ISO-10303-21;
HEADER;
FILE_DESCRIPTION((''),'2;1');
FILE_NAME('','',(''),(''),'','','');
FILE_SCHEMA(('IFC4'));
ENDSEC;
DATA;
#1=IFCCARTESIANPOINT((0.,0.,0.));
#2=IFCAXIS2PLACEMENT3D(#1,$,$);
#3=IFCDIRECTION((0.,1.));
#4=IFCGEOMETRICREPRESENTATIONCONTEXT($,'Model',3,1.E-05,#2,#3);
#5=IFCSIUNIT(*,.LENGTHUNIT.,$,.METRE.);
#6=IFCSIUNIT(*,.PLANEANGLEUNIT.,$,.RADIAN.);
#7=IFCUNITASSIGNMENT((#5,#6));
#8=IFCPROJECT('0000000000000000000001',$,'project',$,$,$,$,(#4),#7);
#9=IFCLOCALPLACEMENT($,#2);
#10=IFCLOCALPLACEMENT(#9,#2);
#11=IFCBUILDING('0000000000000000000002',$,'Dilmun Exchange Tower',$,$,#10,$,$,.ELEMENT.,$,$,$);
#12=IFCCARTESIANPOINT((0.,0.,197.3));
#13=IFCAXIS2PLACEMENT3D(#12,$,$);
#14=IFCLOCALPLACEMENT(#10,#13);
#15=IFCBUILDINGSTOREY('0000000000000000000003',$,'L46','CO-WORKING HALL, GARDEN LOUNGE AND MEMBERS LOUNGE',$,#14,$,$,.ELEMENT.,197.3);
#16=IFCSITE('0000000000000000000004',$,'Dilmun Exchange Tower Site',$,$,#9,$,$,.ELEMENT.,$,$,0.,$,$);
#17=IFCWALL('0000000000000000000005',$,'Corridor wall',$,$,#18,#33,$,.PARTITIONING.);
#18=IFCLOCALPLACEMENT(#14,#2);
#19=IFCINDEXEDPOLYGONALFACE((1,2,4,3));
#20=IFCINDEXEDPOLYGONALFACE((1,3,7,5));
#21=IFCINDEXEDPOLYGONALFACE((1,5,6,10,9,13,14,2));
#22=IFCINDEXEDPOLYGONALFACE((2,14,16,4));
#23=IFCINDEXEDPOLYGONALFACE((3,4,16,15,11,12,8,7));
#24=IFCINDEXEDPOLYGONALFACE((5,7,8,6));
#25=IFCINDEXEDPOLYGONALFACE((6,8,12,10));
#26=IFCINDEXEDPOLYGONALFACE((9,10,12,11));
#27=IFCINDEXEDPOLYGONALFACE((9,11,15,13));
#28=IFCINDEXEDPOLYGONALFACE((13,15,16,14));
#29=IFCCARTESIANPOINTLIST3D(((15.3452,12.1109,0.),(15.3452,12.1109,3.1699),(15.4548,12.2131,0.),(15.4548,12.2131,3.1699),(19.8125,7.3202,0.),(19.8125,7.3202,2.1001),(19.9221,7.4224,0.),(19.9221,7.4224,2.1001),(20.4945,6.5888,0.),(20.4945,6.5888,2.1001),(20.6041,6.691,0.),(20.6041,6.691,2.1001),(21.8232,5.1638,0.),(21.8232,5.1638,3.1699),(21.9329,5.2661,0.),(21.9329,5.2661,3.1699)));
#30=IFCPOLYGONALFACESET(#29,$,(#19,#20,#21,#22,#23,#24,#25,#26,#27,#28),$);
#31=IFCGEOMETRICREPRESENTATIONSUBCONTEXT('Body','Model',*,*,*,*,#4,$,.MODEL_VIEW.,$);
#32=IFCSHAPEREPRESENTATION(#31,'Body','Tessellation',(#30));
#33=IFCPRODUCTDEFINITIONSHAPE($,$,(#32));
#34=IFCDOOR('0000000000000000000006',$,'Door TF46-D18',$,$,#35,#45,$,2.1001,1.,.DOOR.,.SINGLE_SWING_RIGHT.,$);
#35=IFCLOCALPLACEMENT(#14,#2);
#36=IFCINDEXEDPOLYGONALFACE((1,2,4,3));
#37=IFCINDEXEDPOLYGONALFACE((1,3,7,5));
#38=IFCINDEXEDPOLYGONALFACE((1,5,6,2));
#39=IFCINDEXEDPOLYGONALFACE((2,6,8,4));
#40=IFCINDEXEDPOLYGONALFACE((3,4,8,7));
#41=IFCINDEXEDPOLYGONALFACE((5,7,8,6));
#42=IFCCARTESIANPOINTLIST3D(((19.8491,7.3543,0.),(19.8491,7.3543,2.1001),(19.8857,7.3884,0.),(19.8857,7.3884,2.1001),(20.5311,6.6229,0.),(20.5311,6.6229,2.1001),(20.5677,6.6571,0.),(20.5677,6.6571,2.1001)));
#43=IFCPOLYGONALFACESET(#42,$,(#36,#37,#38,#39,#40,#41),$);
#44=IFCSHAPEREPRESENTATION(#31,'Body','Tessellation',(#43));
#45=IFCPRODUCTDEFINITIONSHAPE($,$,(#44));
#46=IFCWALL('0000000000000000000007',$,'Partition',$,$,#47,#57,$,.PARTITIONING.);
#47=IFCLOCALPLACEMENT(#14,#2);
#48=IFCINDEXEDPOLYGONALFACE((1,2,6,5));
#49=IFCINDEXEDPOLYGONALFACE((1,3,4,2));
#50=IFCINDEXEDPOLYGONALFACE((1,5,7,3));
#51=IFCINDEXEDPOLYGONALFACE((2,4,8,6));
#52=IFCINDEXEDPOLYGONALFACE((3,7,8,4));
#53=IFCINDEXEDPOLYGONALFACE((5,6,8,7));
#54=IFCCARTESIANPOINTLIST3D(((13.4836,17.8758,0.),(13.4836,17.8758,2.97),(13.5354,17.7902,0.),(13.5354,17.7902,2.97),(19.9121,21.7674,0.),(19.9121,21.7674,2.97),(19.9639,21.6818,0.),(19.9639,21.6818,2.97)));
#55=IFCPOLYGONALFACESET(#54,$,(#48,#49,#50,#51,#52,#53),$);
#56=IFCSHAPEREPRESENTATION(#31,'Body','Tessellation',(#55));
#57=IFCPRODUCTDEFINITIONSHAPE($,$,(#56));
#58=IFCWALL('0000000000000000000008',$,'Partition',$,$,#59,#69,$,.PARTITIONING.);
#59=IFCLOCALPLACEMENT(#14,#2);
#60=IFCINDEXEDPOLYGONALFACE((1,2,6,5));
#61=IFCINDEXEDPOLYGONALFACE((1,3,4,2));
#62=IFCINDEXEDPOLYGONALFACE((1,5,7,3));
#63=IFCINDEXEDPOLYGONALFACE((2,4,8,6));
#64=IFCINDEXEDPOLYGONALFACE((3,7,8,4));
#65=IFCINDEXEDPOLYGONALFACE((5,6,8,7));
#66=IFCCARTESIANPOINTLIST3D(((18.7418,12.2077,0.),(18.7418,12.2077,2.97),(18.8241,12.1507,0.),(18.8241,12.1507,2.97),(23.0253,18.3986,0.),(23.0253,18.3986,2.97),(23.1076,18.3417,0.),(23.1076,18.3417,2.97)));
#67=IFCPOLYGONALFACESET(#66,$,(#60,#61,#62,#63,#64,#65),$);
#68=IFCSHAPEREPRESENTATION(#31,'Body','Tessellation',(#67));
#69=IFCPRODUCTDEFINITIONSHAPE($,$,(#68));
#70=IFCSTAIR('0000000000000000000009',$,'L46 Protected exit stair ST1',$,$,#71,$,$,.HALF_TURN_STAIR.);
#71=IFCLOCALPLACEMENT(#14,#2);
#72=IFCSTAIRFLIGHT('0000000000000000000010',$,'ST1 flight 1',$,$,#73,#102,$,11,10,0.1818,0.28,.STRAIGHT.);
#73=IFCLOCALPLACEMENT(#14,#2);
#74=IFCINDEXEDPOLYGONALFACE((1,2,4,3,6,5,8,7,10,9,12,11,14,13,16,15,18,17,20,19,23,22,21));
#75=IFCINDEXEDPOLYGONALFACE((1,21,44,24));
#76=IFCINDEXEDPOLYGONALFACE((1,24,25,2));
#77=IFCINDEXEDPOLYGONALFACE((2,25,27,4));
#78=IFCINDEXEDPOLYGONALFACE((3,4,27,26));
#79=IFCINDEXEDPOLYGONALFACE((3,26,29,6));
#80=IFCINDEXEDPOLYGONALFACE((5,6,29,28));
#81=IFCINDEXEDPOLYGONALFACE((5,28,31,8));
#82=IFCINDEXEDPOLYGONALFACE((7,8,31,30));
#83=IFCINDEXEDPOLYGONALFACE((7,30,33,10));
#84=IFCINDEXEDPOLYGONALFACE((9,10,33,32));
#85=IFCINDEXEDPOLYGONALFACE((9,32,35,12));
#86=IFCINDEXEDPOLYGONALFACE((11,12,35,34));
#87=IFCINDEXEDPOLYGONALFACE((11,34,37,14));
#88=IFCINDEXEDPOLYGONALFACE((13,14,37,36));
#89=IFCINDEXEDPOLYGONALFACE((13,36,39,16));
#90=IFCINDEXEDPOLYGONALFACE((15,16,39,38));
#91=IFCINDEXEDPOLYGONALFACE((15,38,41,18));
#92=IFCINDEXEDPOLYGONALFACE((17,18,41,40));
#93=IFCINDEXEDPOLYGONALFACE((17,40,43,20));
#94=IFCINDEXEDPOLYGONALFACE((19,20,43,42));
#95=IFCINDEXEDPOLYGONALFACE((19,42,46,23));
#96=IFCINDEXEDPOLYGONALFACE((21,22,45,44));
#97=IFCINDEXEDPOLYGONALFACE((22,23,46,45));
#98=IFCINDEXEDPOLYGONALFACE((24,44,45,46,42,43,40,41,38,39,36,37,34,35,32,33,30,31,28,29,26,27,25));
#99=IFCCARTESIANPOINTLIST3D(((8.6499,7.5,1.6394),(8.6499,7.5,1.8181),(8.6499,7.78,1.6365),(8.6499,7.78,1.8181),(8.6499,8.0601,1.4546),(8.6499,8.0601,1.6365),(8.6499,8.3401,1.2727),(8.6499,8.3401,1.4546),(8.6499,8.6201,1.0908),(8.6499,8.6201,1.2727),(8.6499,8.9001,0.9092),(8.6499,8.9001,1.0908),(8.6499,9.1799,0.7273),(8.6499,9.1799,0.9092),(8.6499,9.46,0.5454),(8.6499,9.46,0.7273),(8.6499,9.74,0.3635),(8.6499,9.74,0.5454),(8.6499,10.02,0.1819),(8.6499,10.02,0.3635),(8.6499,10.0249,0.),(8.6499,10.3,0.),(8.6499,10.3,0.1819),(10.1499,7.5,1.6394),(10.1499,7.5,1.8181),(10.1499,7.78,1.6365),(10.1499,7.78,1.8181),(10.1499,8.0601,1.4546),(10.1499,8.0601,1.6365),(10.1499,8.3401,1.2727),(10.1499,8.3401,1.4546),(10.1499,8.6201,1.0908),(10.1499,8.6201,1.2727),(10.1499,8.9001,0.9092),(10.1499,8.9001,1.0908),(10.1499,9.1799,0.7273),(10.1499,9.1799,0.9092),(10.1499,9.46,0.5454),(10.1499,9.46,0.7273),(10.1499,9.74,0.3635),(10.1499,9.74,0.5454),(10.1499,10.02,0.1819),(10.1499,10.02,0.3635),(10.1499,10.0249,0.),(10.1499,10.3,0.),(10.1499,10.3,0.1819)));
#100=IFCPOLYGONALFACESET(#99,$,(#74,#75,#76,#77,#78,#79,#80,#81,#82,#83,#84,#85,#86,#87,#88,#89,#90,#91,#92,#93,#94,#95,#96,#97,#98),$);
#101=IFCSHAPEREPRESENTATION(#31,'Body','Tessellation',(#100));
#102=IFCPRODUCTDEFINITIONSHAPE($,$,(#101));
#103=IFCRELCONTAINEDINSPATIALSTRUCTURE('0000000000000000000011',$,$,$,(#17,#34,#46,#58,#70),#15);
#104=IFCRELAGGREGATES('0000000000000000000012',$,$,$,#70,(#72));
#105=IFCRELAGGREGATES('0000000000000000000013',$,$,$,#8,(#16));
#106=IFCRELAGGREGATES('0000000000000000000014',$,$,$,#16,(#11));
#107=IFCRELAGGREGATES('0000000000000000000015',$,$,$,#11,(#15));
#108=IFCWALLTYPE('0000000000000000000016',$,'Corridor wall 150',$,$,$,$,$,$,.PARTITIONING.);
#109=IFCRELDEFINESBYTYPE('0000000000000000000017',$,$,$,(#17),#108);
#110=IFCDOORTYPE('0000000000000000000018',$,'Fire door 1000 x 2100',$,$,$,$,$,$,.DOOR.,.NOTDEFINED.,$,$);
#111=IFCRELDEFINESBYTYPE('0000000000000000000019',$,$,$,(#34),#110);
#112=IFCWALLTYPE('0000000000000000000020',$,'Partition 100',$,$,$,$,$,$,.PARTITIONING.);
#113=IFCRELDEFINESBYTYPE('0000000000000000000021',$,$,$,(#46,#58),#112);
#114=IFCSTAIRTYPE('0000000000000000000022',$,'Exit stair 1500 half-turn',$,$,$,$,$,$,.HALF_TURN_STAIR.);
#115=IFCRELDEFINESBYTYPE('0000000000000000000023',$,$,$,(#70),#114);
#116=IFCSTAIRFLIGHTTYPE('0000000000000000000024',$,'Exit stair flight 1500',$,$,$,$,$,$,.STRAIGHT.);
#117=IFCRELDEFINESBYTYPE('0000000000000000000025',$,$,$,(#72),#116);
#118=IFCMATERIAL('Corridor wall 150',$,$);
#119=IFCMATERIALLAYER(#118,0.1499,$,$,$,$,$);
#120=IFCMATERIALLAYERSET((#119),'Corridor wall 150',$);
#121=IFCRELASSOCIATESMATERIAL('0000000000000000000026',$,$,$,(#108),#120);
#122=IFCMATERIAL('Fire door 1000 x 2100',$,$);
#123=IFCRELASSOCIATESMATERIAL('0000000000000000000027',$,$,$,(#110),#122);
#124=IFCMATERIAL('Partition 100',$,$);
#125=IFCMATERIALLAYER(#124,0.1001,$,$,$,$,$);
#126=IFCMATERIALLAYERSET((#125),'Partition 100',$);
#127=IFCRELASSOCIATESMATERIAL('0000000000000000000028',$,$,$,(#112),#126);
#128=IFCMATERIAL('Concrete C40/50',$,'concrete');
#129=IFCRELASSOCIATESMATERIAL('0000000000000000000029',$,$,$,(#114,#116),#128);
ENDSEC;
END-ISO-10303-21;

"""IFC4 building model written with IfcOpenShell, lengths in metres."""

from ifc_helpers import new_model, si_unit, direction, frame, frame_2d, origin, place, context, subcontext, project, spatial, polyline, rectangle, outline, extrude, material, layer, layer_set, type_object, element, fill, aggregate, save


model = new_model("IFC4")

# Units and contexts
model_context = context("Model", 3, precision=1e-05, world=origin(), true_north=direction((0.0, 1.0)))
body_context = subcontext(model_context, "Body", "Model", "MODEL_VIEW")
ifc_project = project(units=[si_unit("LENGTHUNIT", "METRE"), si_unit("PLANEANGLEUNIT", "RADIAN")], contexts=[model_context])

# Site, building, storey
site_placement = place(None, origin())
site = spatial("IfcSite", under=ifc_project, at=site_placement, Name="Dilmun Exchange Tower Site", CompositionType="ELEMENT", RefElevation=0.0)
building_placement = place(site_placement, origin())
building = spatial("IfcBuilding", under=site, at=building_placement, Name="Dilmun Exchange Tower", CompositionType="ELEMENT")
storey_placement = place(building_placement, frame((0.0, 0.0, 197.3)))
storey = spatial("IfcBuildingStorey", under=building, at=storey_placement, Name="L46", Description="CO-WORKING HALL, GARDEN LOUNGE AND MEMBERS LOUNGE", CompositionType="ELEMENT", Elevation=197.3)

# Shared definitions
ifc_material_1 = material(Name="Concrete C40/50", Category="concrete")

# Shared definitions
ifc_material_2 = material(Name="Corridor wall 150")
ifc_layer_1 = layer(ifc_material_2, 0.1499)
ifc_layer_set_1 = layer_set([ifc_layer_1], Name="Corridor wall 150")
wall_type_1 = type_object("IfcWallType", Name="Corridor wall 150", PredefinedType="PARTITIONING", material=ifc_layer_set_1)
ifc_material_3 = material(Name="Fire door 1000 x 2100")
door_type = type_object("IfcDoorType", Name="Fire door 1000 x 2100", OperationType="NOTDEFINED", PredefinedType="DOOR", material=ifc_material_3)

# Wall, opening, door
wall_1_placement = place(storey_placement, frame((15.3999, 12.1621, 0.0), z_axis=(0.0, 0.0, 1.0), x_axis=(0.681989, -0.731363, 0.0)))
wall_1 = element("IfcWall", 1, at=wall_1_placement, inside=storey, type_object=wall_type_1, Name="Corridor wall", PredefinedType="PARTITIONING", context=body_context, shape_type="SweptSolid", body=[
    extrude(rectangle(XDim=9.4988, YDim=0.1499, at=frame_2d((4.7495, 0.0))), origin(), (0.0, 0.0, 1.0), 3.1699),
])
opening_1_placement = place(wall_1_placement, frame((6.5505, 0.0, 0.0)))
opening_1 = element("IfcOpeningElement", 2, at=opening_1_placement, cuts=wall_1, PredefinedType="OPENING", context=body_context, shape_type="SweptSolid", body=[
    extrude(rectangle(XDim=1.0, YDim=2.1001, at=frame_2d((0.5, 1.05))), frame((0.0, 0.085, 0.0), z_axis=(0.0, -1.0, 0.0), x_axis=(1.0, 0.0, 0.0)), (0.0, 0.0, 1.0), 0.1699),
])
door_1_placement = place(opening_1_placement, frame((1.0, 0.0, 0.0), z_axis=(0.0, 0.0, 1.0), x_axis=(-1.0, 0.0, 0.0)))
door_1 = element("IfcDoor", 3, at=door_1_placement, inside=storey, type_object=door_type, Name="Door TF46-D18", OperationType="SINGLE_SWING_RIGHT", OverallHeight=2.1001, OverallWidth=1.0, PredefinedType="DOOR", context=body_context, shape_type="SweptSolid", body=[
    extrude(rectangle(XDim=1.0, YDim=2.1001, at=frame_2d((0.5, 1.05))), frame((0.0, 0.0249, 0.0), z_axis=(0.0, -1.0, 0.0), x_axis=(1.0, 0.0, 0.0)), (0.0, 0.0, 1.0), 0.05),
])
fill(opening_1, door_1)

# Walls
ifc_material_4 = material(Name="Partition 100")
ifc_layer_2 = layer(ifc_material_4, 0.1001)
ifc_layer_set_2 = layer_set([ifc_layer_2], Name="Partition 100")
wall_type_2 = type_object("IfcWallType", Name="Partition 100", PredefinedType="PARTITIONING", material=ifc_layer_set_2)
wall_2_placement = place(storey_placement, frame((13.5095, 17.833, 0.0), z_axis=(0.0, 0.0, 1.0), x_axis=(0.85546, 0.51787, 0.0)))
element("IfcWall", 4, at=wall_2_placement, inside=storey, type_object=wall_type_2, Name="Partition", PredefinedType="PARTITIONING", context=body_context, shape_type="SweptSolid", body=[
    extrude(rectangle(XDim=7.5146, YDim=0.1001, at=frame_2d((3.7573, 0.0))), origin(), (0.0, 0.0, 1.0), 2.97),
])
wall_3_placement = place(storey_placement, frame((18.783, 12.1792, 0.0), z_axis=(0.0, 0.0, 1.0), x_axis=(0.568979, 0.822352, 0.0)))
element("IfcWall", 5, at=wall_3_placement, inside=storey, type_object=wall_type_2, Name="Partition", PredefinedType="PARTITIONING", context=body_context, shape_type="SweptSolid", body=[
    extrude(rectangle(XDim=7.5283, YDim=0.1001, at=frame_2d((3.7642, 0.0))), origin(), (0.0, 0.0, 1.0), 2.97),
])

# Stair, stair flight
stair_type = type_object("IfcStairType", Name="Exit stair 1500 half-turn", PredefinedType="HALF_TURN_STAIR", material=ifc_material_1)
stair_placement = place(storey_placement, origin())
stair = element("IfcStair", 6, at=stair_placement, inside=storey, type_object=stair_type, Name="L46 Protected exit stair ST1", PredefinedType="HALF_TURN_STAIR")
stair_flight_type = type_object("IfcStairFlightType", Name="Exit stair flight 1500", PredefinedType="STRAIGHT", material=ifc_material_1)
stair_flight_placement = place(storey_placement, frame((9.3999, 10.3, 0.0), z_axis=(0.0, 0.0, 1.0), x_axis=(0.0, -1.0, 0.0)))
stair_flight = element("IfcStairFlight", 7, at=stair_flight_placement, type_object=stair_flight_type, Name="ST1 flight 1", NumberOfRisers=11, NumberOfTreads=10, PredefinedType="STRAIGHT", RiserHeight=0.1818, TreadLength=0.28, context=body_context, shape_type="SweptSolid", body=[
    extrude(outline(polyline([(0.0, 0.0), (0.0, 0.1819), (0.28, 0.1819), (0.28, 0.3635), (0.5601, 0.3635), (0.5601, 0.5454), (0.8401, 0.5454), (0.8401, 0.7273), (1.1201, 0.7273), (1.1201, 0.9092), (1.3999, 0.9092), (1.3999, 1.0908), (1.6799, 1.0908), (1.6799, 1.2727), (1.96, 1.2727), (1.96, 1.4546), (2.24, 1.4546), (2.24, 1.6365), (2.52, 1.6365), (2.52, 1.8181), (2.8, 1.8181), (2.8, 2.0), (2.8, 1.6394), (0.2751, 0.0), (0.0, 0.0)])), frame((0.0, 0.75, 0.0), z_axis=(0.0, -1.0, 0.0), x_axis=(1.0, 0.0, 0.0)), (0.0, 0.0, 1.0), 1.5),
])
aggregate(stair, [stair_flight])

save(model, "model.ifc")
